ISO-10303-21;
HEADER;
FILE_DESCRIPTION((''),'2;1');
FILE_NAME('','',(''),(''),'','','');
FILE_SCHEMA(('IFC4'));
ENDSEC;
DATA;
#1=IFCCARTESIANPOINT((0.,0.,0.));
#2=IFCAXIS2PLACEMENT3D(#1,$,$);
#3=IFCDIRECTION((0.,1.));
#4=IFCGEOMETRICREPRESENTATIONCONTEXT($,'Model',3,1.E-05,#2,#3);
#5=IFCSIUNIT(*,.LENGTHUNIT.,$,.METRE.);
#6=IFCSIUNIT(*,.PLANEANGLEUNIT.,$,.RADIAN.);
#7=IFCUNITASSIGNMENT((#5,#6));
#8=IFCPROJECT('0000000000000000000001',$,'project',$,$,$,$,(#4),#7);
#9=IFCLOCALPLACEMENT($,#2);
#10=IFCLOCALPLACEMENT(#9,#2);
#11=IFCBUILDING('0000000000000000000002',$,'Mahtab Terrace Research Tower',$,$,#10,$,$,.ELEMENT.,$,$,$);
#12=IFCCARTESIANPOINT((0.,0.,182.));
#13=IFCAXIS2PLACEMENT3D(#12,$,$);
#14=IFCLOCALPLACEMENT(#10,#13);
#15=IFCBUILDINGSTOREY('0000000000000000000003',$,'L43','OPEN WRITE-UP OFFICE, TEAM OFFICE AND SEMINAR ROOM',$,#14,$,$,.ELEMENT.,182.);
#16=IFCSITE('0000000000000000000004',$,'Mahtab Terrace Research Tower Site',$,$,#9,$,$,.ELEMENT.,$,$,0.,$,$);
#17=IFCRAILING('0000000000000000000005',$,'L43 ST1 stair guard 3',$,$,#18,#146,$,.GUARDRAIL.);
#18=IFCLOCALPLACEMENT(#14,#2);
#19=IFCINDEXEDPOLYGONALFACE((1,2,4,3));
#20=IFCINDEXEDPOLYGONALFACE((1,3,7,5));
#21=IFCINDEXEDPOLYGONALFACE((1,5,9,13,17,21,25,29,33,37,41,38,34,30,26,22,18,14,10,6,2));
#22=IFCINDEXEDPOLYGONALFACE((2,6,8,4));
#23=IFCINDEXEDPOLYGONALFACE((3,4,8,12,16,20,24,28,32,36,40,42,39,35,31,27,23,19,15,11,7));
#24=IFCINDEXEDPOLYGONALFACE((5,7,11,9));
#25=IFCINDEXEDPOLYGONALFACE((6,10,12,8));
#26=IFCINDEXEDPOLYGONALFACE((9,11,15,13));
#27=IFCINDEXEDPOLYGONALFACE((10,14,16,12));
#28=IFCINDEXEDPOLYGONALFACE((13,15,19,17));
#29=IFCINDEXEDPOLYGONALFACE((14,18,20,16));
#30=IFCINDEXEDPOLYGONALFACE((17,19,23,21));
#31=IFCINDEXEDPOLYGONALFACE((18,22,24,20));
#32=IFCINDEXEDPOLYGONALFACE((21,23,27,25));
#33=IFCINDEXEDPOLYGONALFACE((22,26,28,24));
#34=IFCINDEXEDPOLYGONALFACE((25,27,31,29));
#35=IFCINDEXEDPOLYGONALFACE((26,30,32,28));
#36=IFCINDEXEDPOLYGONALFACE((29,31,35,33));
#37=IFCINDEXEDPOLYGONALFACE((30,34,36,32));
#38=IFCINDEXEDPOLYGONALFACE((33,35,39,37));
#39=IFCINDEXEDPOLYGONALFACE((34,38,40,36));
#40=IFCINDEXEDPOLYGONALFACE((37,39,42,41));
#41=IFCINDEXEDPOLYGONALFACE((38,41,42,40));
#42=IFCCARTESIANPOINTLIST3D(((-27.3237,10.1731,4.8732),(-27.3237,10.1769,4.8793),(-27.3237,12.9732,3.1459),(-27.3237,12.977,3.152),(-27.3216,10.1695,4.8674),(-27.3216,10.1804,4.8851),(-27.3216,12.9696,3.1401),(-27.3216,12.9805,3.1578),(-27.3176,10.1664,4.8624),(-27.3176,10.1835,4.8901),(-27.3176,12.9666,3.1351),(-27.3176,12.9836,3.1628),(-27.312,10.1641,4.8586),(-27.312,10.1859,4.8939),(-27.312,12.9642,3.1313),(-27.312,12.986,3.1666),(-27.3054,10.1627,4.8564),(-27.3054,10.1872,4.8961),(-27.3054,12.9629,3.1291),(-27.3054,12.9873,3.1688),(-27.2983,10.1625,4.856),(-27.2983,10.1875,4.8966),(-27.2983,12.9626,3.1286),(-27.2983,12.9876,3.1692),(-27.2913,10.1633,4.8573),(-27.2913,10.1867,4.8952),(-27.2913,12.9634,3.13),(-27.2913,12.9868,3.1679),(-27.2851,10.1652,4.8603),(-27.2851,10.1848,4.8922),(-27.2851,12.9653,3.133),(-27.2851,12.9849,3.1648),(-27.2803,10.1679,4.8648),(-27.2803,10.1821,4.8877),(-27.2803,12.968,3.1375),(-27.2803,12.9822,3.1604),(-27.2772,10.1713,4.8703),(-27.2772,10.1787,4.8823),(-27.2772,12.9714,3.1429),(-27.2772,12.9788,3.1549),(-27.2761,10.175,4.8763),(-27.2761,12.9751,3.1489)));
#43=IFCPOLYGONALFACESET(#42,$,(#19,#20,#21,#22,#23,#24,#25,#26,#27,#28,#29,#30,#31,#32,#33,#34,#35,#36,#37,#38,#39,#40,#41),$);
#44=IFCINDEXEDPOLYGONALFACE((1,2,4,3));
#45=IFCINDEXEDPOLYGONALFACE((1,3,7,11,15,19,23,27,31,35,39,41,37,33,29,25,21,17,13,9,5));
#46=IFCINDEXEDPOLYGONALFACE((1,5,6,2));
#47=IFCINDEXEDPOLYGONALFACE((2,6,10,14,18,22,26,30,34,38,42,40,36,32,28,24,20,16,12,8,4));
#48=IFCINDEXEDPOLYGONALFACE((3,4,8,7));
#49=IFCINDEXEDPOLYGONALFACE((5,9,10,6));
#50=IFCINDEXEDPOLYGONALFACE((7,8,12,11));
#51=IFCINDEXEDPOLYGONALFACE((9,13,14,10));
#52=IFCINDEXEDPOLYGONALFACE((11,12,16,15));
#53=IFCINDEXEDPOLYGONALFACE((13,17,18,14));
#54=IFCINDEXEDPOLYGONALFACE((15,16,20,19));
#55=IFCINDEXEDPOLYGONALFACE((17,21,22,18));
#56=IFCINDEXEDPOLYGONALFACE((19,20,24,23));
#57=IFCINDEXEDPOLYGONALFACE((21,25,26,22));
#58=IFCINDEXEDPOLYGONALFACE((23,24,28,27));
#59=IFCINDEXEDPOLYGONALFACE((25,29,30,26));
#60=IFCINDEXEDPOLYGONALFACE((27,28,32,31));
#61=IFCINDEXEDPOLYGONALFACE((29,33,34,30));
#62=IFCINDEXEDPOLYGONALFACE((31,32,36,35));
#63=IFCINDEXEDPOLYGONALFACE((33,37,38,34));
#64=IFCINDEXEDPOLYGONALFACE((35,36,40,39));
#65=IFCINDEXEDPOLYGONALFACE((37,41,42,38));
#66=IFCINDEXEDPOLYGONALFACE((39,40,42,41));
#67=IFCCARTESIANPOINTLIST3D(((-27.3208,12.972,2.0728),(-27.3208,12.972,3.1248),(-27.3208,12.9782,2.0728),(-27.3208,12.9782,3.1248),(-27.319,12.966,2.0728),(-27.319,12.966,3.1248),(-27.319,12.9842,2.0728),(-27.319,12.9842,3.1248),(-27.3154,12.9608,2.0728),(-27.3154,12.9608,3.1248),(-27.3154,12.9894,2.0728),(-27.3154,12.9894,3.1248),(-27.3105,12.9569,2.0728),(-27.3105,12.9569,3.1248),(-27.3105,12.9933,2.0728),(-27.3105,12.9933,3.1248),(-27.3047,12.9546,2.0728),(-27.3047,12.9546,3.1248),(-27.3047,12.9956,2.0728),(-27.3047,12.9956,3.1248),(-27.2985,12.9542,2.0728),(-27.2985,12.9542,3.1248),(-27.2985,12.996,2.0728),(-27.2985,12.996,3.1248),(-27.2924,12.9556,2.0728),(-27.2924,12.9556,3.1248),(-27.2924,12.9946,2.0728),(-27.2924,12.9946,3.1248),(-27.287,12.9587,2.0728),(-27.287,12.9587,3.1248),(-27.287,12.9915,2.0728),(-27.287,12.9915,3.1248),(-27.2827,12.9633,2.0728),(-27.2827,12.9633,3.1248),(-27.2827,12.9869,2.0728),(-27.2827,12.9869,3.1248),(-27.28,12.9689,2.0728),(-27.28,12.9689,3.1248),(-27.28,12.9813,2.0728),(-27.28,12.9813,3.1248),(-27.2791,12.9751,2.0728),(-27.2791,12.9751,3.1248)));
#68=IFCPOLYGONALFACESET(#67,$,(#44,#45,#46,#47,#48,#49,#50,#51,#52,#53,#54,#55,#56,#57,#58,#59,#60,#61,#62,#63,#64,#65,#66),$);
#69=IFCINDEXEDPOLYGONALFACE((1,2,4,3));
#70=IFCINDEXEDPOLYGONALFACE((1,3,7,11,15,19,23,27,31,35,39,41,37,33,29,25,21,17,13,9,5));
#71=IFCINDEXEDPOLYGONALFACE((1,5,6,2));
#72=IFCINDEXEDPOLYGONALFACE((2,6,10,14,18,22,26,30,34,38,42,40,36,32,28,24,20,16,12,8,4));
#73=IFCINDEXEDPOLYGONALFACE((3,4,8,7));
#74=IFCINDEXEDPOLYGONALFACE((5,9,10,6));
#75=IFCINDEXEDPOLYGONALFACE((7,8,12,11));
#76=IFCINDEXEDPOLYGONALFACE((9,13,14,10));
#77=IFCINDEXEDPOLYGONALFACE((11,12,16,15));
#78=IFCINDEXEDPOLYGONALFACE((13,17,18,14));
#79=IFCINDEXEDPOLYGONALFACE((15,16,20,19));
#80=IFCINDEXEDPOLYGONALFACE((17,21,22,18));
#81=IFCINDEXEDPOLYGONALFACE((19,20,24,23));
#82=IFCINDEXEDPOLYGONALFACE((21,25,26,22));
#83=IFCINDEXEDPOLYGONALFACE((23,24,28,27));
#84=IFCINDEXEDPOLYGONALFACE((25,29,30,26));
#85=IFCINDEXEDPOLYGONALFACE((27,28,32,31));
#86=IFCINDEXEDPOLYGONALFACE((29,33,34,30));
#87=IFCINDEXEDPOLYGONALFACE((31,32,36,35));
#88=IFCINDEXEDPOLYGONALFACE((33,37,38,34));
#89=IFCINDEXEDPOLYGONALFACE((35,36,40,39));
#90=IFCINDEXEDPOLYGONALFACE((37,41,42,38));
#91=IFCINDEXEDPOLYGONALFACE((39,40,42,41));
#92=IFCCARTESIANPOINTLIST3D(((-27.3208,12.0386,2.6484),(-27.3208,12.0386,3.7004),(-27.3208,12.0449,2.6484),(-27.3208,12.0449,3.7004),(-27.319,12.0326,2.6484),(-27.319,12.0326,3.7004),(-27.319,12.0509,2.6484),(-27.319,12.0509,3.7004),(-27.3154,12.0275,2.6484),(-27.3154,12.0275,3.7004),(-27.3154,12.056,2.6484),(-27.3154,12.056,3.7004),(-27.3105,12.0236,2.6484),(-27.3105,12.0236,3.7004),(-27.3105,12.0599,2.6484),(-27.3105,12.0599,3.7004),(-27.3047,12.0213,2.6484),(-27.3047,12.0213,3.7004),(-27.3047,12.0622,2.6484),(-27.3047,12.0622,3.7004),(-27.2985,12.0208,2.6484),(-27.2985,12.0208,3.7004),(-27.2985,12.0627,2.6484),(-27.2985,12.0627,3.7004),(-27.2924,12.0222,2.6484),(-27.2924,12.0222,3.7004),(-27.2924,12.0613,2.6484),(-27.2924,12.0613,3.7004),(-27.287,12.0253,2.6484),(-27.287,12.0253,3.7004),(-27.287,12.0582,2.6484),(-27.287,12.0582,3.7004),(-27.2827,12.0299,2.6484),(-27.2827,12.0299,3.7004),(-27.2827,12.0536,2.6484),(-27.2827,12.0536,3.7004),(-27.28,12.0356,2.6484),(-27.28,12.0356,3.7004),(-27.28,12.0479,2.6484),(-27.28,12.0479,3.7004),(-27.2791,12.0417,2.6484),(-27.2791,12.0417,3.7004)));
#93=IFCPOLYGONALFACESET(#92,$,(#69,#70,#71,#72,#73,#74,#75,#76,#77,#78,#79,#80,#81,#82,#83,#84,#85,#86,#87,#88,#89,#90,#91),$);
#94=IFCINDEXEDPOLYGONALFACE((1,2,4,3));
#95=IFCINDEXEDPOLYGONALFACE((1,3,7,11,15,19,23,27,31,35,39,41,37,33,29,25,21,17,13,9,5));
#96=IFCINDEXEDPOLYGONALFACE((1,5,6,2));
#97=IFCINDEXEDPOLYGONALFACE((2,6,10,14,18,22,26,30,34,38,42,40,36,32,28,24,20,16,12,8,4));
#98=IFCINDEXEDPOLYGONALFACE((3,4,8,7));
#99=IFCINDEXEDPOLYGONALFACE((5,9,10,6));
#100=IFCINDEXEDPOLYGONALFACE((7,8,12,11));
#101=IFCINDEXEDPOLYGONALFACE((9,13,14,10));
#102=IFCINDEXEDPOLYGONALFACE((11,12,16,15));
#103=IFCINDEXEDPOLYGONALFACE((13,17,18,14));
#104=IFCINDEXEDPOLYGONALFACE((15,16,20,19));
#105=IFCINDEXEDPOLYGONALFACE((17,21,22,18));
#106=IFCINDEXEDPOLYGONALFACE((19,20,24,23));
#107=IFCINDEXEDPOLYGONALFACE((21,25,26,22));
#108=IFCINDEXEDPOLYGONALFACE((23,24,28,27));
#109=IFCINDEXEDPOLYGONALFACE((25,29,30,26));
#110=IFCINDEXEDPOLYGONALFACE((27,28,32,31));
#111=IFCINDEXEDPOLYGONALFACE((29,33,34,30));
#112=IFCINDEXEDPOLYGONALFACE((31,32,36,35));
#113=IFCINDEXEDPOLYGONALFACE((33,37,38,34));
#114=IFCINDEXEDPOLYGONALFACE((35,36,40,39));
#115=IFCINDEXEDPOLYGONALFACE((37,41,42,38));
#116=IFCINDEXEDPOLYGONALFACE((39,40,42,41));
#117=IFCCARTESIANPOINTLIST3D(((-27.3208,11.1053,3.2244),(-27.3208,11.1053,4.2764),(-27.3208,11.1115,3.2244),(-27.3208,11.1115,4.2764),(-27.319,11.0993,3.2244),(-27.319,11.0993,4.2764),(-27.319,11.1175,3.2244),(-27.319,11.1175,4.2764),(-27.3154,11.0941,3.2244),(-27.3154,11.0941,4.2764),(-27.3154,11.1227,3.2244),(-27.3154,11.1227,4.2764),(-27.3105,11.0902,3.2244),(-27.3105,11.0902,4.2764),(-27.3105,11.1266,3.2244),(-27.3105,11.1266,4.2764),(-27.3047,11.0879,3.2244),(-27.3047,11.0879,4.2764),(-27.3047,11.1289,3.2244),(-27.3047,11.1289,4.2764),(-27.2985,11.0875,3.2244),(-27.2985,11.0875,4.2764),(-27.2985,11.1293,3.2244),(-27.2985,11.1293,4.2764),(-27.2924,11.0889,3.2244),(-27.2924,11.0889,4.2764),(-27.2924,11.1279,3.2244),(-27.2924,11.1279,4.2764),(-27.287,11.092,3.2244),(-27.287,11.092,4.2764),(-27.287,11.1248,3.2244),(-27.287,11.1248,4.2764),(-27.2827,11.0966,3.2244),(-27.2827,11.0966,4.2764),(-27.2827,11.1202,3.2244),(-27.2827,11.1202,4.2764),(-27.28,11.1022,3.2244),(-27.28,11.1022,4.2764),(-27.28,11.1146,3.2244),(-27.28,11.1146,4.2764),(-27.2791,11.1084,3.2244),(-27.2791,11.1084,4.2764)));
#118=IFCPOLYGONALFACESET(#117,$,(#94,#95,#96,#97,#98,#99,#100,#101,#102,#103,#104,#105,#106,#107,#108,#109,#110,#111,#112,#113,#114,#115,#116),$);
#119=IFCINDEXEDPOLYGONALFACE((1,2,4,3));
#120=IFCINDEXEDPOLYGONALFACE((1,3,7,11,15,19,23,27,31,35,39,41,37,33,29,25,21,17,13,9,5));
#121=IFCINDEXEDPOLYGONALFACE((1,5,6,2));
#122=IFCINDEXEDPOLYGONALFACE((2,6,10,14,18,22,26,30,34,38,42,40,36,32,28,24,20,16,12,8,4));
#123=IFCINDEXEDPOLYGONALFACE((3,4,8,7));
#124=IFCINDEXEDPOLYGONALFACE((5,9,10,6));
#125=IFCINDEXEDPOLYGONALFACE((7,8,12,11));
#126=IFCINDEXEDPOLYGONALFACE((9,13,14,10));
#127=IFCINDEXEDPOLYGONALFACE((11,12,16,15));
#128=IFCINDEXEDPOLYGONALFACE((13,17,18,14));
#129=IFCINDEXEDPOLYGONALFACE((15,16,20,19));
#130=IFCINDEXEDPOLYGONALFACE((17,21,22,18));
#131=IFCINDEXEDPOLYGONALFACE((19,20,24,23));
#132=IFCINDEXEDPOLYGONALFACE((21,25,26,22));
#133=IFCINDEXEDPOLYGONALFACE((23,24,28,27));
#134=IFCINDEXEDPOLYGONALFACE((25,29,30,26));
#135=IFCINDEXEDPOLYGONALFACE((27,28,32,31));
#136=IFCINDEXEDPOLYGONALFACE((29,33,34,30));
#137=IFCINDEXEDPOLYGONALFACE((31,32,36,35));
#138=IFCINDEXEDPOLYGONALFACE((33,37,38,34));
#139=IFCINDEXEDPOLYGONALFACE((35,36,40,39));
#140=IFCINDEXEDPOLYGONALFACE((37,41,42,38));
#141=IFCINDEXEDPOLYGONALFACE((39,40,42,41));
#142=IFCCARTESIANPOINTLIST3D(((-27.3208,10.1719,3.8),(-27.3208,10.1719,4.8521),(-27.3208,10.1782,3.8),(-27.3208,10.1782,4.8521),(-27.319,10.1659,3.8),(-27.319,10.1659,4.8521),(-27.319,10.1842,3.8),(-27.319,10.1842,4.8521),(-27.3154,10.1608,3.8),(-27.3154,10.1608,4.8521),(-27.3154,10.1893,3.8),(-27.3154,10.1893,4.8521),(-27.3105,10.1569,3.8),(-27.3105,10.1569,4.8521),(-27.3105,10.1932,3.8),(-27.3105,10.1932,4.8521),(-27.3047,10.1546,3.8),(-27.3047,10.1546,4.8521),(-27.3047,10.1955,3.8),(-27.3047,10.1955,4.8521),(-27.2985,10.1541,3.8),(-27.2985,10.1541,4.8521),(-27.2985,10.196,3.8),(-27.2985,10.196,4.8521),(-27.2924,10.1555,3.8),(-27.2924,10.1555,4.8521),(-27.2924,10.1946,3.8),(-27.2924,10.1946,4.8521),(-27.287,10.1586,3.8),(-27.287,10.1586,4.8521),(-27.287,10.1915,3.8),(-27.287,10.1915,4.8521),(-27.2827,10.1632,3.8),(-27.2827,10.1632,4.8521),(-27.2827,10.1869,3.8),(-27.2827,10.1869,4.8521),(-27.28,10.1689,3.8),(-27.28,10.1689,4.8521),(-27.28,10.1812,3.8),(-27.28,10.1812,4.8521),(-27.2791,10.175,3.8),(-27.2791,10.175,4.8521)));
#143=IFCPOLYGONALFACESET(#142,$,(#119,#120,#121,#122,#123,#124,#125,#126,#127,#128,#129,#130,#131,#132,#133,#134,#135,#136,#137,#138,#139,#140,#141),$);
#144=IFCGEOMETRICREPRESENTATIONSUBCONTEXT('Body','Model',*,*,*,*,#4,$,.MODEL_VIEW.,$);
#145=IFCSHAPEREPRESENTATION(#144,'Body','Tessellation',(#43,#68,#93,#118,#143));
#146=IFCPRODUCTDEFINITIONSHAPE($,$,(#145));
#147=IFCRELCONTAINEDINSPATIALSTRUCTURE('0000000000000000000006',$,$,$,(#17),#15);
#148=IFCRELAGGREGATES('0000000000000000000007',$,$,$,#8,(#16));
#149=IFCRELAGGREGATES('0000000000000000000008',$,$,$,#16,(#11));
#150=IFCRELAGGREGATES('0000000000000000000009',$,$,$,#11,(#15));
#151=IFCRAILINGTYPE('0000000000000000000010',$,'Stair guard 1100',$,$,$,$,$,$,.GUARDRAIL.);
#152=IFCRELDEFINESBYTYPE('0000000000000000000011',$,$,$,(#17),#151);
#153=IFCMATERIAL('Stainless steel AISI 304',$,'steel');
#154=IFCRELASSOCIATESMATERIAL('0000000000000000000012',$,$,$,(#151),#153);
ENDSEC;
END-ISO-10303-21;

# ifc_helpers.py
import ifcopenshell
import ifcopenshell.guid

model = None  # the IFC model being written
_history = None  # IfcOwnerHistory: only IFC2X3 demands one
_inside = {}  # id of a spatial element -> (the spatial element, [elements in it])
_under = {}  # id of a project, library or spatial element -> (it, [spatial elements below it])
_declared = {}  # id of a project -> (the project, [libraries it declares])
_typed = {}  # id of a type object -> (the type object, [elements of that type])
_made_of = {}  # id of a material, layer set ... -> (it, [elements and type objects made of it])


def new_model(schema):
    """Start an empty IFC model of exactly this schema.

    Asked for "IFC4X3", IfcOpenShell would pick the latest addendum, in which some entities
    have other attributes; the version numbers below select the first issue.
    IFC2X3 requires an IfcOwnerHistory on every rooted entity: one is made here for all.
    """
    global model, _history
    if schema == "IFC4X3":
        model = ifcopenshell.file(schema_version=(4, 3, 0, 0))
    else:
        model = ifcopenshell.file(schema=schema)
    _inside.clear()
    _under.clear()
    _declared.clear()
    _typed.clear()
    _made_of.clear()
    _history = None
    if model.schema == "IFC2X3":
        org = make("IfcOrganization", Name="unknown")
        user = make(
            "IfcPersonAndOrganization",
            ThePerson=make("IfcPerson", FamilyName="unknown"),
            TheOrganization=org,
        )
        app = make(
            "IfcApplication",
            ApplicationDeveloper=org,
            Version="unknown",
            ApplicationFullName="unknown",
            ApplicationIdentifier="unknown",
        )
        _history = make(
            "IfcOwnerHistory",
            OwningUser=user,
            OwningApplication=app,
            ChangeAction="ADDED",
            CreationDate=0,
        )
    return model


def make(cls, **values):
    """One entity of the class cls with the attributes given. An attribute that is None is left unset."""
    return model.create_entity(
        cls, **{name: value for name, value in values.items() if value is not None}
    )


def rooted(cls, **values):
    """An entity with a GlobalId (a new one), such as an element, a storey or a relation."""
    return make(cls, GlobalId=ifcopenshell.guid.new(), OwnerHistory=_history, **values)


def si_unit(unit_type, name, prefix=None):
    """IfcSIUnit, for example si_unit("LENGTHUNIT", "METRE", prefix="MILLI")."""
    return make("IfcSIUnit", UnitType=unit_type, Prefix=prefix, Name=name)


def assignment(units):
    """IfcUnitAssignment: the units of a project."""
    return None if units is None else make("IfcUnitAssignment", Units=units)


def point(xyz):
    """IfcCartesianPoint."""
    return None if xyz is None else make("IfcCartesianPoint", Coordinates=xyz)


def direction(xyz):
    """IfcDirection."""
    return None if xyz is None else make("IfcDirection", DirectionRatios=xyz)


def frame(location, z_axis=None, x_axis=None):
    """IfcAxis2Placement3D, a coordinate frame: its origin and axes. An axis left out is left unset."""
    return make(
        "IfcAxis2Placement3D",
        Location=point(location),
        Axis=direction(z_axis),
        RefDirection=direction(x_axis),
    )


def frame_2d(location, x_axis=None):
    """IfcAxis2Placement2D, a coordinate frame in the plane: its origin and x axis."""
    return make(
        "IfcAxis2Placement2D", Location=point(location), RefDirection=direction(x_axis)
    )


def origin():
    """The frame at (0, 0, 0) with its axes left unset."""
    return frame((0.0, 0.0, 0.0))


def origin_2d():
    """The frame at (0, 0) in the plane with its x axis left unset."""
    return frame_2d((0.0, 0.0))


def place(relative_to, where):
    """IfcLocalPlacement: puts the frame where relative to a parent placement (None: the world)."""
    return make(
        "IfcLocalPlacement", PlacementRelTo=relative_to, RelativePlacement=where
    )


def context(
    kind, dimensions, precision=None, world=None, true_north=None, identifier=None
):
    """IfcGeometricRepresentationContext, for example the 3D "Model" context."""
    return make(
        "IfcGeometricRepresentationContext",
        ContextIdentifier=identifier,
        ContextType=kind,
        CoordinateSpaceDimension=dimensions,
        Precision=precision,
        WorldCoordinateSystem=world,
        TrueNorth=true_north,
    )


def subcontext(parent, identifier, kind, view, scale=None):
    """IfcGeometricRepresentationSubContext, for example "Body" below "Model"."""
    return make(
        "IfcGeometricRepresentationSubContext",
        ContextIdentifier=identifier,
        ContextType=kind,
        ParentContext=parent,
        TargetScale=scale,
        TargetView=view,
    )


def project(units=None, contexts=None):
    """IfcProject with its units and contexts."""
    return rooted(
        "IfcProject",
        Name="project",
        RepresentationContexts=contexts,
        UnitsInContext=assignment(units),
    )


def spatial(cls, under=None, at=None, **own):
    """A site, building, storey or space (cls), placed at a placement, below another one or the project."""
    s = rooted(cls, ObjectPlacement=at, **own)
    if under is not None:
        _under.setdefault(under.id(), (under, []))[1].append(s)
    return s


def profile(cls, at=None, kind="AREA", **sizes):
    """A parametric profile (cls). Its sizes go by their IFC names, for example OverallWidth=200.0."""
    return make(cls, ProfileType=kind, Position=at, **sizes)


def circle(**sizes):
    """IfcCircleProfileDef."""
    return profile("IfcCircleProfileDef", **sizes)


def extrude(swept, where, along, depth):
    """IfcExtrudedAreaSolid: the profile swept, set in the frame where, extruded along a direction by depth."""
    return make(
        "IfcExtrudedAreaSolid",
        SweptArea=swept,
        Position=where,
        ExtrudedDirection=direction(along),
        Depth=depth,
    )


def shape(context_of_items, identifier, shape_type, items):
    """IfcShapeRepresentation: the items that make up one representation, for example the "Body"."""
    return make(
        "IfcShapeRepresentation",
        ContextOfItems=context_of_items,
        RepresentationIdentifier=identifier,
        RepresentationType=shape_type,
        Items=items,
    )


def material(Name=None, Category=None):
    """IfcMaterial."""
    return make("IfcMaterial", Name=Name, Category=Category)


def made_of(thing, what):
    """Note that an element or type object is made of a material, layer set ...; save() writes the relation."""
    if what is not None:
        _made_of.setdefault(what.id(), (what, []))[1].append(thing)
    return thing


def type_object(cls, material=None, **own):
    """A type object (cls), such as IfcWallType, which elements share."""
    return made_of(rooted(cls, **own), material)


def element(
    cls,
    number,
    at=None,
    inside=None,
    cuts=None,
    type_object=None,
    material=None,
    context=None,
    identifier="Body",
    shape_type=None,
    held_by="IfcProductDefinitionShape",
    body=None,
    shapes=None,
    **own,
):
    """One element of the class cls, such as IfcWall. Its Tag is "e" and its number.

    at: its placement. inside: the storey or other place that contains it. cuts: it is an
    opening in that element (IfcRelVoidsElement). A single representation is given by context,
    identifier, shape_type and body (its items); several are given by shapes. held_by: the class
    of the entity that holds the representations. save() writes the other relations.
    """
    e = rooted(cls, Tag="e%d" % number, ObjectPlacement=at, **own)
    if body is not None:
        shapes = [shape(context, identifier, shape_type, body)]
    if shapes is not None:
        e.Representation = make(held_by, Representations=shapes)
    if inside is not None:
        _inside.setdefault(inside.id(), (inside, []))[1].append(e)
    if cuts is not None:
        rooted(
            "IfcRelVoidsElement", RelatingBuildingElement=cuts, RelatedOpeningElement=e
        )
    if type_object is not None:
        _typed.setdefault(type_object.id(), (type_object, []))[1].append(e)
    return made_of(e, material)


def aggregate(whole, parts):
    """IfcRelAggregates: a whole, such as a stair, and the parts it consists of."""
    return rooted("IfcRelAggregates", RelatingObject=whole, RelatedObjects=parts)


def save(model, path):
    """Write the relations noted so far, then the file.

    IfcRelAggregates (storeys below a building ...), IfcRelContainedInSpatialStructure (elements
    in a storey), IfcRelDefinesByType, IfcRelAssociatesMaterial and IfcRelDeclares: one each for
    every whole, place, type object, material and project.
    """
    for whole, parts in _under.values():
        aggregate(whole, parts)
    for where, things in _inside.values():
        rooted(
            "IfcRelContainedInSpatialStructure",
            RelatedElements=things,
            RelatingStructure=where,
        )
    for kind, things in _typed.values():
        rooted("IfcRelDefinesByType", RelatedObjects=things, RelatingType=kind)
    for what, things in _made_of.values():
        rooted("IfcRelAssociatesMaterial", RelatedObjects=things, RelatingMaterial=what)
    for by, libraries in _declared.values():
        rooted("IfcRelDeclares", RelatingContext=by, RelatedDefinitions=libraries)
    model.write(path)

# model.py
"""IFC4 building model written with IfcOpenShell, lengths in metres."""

from ifc_helpers import new_model, si_unit, direction, frame, origin, origin_2d, place, context, subcontext, project, spatial, circle, extrude, material, type_object, element, save


model = new_model("IFC4")

# Units and contexts
model_context = context("Model", 3, precision=1e-05, world=origin(), true_north=direction((0.0, 1.0)))
body_context = subcontext(model_context, "Body", "Model", "MODEL_VIEW")
ifc_project = project(units=[si_unit("LENGTHUNIT", "METRE"), si_unit("PLANEANGLEUNIT", "RADIAN")], contexts=[model_context])

# Site, building, storey
site_placement = place(None, origin())
site = spatial("IfcSite", under=ifc_project, at=site_placement, Name="Mahtab Terrace Research Tower Site", CompositionType="ELEMENT", RefElevation=0.0)
building_placement = place(site_placement, origin())
building = spatial("IfcBuilding", under=site, at=building_placement, Name="Mahtab Terrace Research Tower", CompositionType="ELEMENT")
storey_placement = place(building_placement, frame((0.0, 0.0, 182.0)))
storey = spatial("IfcBuildingStorey", under=building, at=storey_placement, Name="L43", Description="OPEN WRITE-UP OFFICE, TEAM OFFICE AND SEMINAR ROOM", CompositionType="ELEMENT", Elevation=182.0)

# Railing
ifc_material_1 = material(Name="Stainless steel AISI 304", Category="steel")
railing_type_1 = type_object("IfcRailingType", Name="Stair guard 1100", PredefinedType="GUARDRAIL", material=ifc_material_1)
railing_1_placement = place(storey_placement, frame((-27.3, 12.9751, 2.0728)))
element("IfcRailing", 1, at=railing_1_placement, inside=storey, type_object=railing_type_1, Name="L43 ST1 stair guard 3", PredefinedType="GUARDRAIL", context=body_context, shape_type="SweptSolid", body=[
    extrude(circle(Radius=0.0239, at=origin_2d()), frame((0.0, 0.0, 1.0762), z_axis=(0.0, -0.85109, 0.52502), x_axis=(1.0, 0.0, 0.0)), (0.0, 0.0, 1.0), 3.29),
    extrude(circle(Radius=0.021, at=origin_2d()), origin(), (0.0, 0.0, 1.0), 1.052),
    extrude(circle(Radius=0.021, at=origin_2d()), frame((0.0, -0.9333, 0.5757)), (0.0, 0.0, 1.0), 1.052),
    extrude(circle(Radius=0.021, at=origin_2d()), frame((0.0, -1.8667, 1.1516)), (0.0, 0.0, 1.0), 1.052),
    extrude(circle(Radius=0.021, at=origin_2d()), frame((0.0, -2.8, 1.7273)), (0.0, 0.0, 1.0), 1.052),
])

save(model, "model.ifc")
